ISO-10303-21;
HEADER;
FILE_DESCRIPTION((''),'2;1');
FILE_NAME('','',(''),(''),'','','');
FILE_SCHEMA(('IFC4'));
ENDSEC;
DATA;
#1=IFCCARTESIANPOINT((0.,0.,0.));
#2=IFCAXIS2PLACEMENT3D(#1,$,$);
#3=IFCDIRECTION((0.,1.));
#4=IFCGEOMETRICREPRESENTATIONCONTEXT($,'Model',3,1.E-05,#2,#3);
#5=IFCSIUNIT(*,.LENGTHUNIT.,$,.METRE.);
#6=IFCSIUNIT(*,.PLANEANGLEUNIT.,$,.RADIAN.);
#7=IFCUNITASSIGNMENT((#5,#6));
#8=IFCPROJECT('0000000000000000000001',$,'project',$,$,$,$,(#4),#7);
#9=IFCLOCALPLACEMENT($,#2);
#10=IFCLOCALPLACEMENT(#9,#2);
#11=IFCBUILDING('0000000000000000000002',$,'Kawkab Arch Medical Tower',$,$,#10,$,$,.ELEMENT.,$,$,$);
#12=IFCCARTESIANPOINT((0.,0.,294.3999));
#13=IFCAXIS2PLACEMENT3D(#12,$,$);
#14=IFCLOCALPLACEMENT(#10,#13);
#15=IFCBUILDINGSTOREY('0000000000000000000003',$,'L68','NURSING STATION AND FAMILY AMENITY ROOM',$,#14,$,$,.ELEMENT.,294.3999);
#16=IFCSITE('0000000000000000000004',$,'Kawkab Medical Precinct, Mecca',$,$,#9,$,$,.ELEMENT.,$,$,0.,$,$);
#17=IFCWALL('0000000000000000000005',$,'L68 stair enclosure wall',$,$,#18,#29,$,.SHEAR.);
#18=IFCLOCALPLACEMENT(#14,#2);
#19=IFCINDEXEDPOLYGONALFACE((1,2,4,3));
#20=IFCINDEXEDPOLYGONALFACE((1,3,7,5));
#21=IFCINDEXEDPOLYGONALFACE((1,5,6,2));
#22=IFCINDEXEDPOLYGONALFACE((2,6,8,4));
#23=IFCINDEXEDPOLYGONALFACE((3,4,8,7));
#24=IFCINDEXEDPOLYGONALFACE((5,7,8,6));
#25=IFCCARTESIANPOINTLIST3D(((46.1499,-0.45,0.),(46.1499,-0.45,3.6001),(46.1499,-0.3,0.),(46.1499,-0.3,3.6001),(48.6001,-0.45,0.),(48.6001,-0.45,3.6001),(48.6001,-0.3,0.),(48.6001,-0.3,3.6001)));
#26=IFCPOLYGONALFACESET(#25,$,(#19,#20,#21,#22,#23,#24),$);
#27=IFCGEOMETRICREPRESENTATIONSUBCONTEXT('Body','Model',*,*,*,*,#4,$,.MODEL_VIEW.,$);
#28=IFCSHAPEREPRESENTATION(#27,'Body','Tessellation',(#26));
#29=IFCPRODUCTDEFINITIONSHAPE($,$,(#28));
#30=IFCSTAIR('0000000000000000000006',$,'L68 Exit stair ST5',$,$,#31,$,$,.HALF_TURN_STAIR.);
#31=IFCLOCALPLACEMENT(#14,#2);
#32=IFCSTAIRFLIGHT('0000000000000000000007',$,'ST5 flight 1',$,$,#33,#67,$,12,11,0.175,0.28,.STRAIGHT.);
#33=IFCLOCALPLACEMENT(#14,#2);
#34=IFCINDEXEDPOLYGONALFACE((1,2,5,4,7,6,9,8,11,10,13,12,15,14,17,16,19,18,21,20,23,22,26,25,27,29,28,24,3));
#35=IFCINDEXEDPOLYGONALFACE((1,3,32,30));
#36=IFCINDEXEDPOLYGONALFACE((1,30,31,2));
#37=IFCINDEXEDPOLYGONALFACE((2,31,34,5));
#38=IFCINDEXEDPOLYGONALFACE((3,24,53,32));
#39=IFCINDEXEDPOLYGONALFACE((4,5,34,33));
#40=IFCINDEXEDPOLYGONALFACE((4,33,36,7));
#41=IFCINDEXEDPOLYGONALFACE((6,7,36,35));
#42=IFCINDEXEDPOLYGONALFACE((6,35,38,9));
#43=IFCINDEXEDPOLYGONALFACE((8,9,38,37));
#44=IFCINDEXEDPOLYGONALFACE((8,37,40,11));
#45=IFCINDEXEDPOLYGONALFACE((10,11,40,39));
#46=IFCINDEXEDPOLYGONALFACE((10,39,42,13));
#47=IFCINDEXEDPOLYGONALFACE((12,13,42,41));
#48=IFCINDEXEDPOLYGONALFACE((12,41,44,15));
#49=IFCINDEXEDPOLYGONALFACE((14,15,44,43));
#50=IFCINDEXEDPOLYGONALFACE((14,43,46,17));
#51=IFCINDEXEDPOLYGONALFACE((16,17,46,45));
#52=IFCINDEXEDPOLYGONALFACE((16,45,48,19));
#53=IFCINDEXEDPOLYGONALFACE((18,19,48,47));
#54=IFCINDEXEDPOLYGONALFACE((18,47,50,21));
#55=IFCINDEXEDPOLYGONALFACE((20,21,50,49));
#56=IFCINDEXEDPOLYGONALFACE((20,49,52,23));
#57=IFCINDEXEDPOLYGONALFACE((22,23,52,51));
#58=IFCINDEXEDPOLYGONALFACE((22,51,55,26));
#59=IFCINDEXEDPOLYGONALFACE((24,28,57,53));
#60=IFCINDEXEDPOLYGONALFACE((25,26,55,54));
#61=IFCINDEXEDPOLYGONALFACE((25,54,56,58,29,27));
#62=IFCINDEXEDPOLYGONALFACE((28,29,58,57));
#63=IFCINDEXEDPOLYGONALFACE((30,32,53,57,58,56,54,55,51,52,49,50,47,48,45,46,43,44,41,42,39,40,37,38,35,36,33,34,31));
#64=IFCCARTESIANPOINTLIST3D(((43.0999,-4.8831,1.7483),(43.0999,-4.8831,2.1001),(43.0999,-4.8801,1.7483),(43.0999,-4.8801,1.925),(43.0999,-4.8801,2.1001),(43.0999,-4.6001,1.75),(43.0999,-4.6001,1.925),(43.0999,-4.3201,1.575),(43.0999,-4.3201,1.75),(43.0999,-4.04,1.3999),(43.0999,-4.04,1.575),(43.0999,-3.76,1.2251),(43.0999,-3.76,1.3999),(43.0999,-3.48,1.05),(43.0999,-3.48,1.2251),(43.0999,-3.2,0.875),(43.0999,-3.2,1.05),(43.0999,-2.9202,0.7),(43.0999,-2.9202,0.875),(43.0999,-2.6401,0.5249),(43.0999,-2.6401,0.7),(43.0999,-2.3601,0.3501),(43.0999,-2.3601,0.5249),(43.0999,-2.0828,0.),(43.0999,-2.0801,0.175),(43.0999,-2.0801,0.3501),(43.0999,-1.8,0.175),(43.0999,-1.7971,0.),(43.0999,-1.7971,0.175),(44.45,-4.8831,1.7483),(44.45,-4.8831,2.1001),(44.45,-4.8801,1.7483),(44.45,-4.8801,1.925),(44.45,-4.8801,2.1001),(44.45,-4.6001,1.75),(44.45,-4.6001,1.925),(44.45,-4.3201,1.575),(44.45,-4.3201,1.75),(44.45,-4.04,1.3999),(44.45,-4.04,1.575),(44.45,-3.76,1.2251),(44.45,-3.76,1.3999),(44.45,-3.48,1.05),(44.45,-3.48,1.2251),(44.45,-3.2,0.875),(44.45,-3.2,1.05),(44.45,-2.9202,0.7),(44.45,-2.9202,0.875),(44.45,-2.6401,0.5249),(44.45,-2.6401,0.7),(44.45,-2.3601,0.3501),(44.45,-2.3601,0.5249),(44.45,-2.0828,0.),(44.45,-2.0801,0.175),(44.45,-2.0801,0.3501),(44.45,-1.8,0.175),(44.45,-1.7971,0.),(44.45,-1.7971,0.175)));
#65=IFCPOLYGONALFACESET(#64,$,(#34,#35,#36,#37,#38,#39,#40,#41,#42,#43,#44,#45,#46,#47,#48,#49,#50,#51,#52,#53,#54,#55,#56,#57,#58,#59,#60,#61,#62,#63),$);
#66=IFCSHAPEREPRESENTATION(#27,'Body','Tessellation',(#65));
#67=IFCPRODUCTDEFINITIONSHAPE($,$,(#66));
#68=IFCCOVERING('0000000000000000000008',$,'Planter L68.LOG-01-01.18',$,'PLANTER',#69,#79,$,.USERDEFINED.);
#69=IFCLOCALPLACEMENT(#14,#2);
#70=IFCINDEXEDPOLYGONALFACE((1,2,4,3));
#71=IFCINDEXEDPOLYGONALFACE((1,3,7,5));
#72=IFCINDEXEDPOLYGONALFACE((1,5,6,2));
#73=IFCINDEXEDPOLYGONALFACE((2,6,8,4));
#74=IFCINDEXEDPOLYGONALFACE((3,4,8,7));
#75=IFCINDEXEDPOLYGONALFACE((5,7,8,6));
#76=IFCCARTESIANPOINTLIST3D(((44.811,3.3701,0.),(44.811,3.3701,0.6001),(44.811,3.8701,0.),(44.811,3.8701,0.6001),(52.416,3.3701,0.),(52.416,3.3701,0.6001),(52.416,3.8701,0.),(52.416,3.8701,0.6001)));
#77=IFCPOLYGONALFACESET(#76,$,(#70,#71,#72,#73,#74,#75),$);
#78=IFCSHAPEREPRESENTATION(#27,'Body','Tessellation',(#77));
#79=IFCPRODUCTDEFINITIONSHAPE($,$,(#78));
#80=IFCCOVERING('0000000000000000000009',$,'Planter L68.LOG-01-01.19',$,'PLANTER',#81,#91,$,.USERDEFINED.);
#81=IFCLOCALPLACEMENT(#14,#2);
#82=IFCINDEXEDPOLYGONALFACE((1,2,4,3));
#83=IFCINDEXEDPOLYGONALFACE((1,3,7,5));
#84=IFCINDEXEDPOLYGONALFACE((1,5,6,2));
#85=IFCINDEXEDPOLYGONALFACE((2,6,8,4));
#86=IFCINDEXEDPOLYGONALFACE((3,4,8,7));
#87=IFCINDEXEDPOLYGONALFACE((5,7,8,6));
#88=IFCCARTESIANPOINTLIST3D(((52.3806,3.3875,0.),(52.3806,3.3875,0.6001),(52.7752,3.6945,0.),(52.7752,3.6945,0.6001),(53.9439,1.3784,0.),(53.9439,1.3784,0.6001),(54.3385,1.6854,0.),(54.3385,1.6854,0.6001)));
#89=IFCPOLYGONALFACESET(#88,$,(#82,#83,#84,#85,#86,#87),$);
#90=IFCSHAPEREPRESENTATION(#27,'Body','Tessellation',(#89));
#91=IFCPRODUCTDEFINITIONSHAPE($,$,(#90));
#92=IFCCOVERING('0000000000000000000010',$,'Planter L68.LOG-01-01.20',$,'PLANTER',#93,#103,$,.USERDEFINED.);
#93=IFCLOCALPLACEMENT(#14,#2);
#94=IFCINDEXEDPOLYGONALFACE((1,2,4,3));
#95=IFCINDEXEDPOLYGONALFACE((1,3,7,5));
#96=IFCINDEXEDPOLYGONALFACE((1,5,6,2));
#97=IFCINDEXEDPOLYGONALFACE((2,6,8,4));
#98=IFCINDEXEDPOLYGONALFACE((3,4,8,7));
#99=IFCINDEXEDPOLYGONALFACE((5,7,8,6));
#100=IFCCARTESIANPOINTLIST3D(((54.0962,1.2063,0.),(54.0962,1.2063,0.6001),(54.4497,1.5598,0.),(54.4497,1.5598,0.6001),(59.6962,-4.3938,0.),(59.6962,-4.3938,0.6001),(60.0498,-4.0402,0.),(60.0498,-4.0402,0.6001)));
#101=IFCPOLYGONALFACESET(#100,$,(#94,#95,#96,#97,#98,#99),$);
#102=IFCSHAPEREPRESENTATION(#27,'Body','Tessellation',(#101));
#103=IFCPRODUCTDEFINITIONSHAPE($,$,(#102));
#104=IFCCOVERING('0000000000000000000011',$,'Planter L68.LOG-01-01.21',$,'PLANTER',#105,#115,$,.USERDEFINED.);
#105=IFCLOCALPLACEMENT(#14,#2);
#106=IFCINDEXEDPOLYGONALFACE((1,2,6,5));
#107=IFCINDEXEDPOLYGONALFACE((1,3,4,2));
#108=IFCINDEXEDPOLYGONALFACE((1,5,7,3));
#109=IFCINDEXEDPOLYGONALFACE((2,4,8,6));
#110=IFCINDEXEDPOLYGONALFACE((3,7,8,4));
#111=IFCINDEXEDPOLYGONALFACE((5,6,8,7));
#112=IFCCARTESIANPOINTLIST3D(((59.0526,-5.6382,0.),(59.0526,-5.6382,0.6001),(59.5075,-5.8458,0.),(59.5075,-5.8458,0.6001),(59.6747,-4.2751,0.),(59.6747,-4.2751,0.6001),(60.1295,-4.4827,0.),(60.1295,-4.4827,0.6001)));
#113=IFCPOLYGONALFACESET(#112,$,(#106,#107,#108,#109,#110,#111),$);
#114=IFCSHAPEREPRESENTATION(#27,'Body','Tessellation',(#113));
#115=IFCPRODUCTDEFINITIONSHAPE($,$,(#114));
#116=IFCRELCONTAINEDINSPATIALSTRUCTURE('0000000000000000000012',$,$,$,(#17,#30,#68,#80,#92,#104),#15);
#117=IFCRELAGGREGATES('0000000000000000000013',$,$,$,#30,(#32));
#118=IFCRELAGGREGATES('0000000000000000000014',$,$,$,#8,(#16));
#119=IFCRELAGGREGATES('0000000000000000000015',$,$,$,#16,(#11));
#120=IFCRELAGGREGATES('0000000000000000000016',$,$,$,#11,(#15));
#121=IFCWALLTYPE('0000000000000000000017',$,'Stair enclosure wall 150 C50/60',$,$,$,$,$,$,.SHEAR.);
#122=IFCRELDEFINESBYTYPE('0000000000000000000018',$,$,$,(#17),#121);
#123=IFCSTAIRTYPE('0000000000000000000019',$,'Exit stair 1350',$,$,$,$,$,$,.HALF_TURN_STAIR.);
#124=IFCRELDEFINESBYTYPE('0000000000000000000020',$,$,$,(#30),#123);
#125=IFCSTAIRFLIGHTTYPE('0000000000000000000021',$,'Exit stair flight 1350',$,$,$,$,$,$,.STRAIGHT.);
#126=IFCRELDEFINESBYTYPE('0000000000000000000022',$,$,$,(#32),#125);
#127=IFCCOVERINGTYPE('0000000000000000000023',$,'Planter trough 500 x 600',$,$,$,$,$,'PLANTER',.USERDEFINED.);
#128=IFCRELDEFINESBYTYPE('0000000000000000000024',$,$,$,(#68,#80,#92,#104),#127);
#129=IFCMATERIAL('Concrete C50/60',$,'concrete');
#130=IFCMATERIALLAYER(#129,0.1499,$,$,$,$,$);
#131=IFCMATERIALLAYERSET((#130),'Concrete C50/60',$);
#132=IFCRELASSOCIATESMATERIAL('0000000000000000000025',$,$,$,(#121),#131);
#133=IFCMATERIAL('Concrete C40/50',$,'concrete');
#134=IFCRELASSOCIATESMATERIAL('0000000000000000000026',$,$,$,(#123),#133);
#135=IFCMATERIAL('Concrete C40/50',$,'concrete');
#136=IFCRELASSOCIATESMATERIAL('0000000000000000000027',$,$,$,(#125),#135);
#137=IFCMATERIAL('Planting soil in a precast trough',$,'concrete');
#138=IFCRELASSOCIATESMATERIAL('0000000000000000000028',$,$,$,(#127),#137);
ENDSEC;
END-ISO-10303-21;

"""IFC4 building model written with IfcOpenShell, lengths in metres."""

from ifc_helpers import new_model, si_unit, direction, frame, frame_2d, origin, origin_2d, place, context, subcontext, project, spatial, polyline, rectangle, outline, extrude, material, layer, layer_set, material_profile, profile_set, type_object, element, aggregate, save


model = new_model("IFC4")

# Units and contexts
model_context = context("Model", 3, precision=1e-05, world=origin(), true_north=direction((0.0, 1.0)))
body_context = subcontext(model_context, "Body", "Model", "MODEL_VIEW")
ifc_project = project(units=[si_unit("LENGTHUNIT", "METRE"), si_unit("PLANEANGLEUNIT", "RADIAN")], contexts=[model_context])

# Site, building, storey
site_placement = place(None, origin())
site = spatial("IfcSite", under=ifc_project, at=site_placement, Name="Kawkab Medical Precinct, Mecca", CompositionType="ELEMENT", RefElevation=0.0)
building_placement = place(site_placement, origin())
building = spatial("IfcBuilding", under=site, at=building_placement, Name="Kawkab Arch Medical Tower", CompositionType="ELEMENT")
storey_placement = place(building_placement, frame((0.0, 0.0, 294.3999)))
storey = spatial("IfcBuildingStorey", under=building, at=storey_placement, Name="L68", Description="NURSING STATION AND FAMILY AMENITY ROOM", CompositionType="ELEMENT", Elevation=294.3999)

# Shared definitions
placement = place(storey_placement, origin())

# Wall
ifc_material_1 = material(Name="Concrete C50/60", Category="concrete")
ifc_layer_1 = layer(ifc_material_1, 0.1499)
ifc_layer_set_1 = layer_set([ifc_layer_1], Name="Concrete C50/60")
wall_type_1 = type_object("IfcWallType", Name="Stair enclosure wall 150 C50/60", PredefinedType="SHEAR", material=ifc_layer_set_1)
wall_1_placement = place(storey_placement, frame((46.1499, -0.375, 0.0), z_axis=(0.0, 0.0, 1.0), x_axis=(1.0, 0.0, 0.0)))
element("IfcWall", 1, at=wall_1_placement, inside=storey, type_object=wall_type_1, Name="L68 stair enclosure wall", PredefinedType="SHEAR", context=body_context, shape_type="SweptSolid", body=[
    extrude(rectangle(XDim=2.4502, YDim=0.1499, at=frame_2d((1.2251, 0.0))), origin(), (0.0, 0.0, 1.0), 3.6001),
])

# Stair, stair flight
ifc_material_2 = material(Name="Concrete C40/50", Category="concrete")
stair_type = type_object("IfcStairType", Name="Exit stair 1350", PredefinedType="HALF_TURN_STAIR", material=ifc_material_2)
stair = element("IfcStair", 2, at=placement, inside=storey, type_object=stair_type, Name="L68 Exit stair ST5", PredefinedType="HALF_TURN_STAIR")
ifc_material_3 = material(Name="Concrete C40/50", Category="concrete")
stair_flight_type = type_object("IfcStairFlightType", Name="Exit stair flight 1350", PredefinedType="STRAIGHT", material=ifc_material_3)
stair_flight_placement = place(storey_placement, frame((43.7749, -1.8, 0.0), z_axis=(0.0, 0.0, 1.0), x_axis=(0.0, -1.0, 0.0)))
stair_flight = element("IfcStairFlight", 3, at=stair_flight_placement, type_object=stair_flight_type, Name="ST5 flight 1", NumberOfRisers=12, NumberOfTreads=11, PredefinedType="STRAIGHT", RiserHeight=0.175, TreadLength=0.28, context=body_context, shape_type="SweptSolid", body=[
    extrude(outline(polyline([(-0.0029, 0.0), (-0.0029, 0.175), (0.0, 0.175), (0.28, 0.175), (0.28, 0.3501), (0.5601, 0.3501), (0.5601, 0.5249), (0.8401, 0.5249), (0.8401, 0.7), (1.1201, 0.7), (1.1201, 0.875), (1.3999, 0.875), (1.3999, 1.05), (1.6799, 1.05), (1.6799, 1.2251), (1.96, 1.2251), (1.96, 1.3999), (2.24, 1.3999), (2.24, 1.575), (2.52, 1.575), (2.52, 1.75), (2.8, 1.75), (2.8, 1.925), (3.0801, 1.925), (3.0801, 2.1001), (3.083, 2.1001), (3.083, 1.7483), (3.0801, 1.7483), (0.2827, 0.0), (-0.0029, 0.0)])), frame((0.0, 0.675, 0.0), z_axis=(0.0, -1.0, 0.0), x_axis=(1.0, 0.0, 0.0)), (0.0, 0.0, 1.0), 1.3501),
])
aggregate(stair, [stair_flight])

# Coverings
ifc_material_4 = material(Name="Planting soil in a precast trough", Category="concrete")
ifc_material_profile_1 = material_profile(ifc_material_4, rectangle(XDim=0.5, YDim=0.6001, at=origin_2d()), Name="Trough 500x600")
ifc_profile_set_1 = profile_set([ifc_material_profile_1], Name="Planting soil in a precast trough")
covering_type = type_object("IfcCoveringType", Name="Planter trough 500 x 600", ElementType="PLANTER", PredefinedType="USERDEFINED", material=ifc_profile_set_1)
covering_1_placement = place(storey_placement, frame((44.811, 3.6201, 0.3), z_axis=(1.0, 0.0, 0.0), x_axis=(0.0, 1.0, 0.0)))
element("IfcCovering", 4, at=covering_1_placement, inside=storey, type_object=covering_type, Name="Planter L68.LOG-01-01.18", ObjectType="PLANTER", PredefinedType="USERDEFINED", context=body_context, shape_type="SweptSolid", body=[
    extrude(rectangle(XDim=0.5, YDim=0.6001, at=origin_2d()), origin(), (0.0, 0.0, 1.0), 7.605),
])
covering_2_placement = place(storey_placement, frame((52.5779, 3.541, 0.3), z_axis=(0.6141, -0.789228, 0.0), x_axis=(0.789228, 0.6141, 0.0)))
element("IfcCovering", 5, at=covering_2_placement, inside=storey, type_object=covering_type, Name="Planter L68.LOG-01-01.19", ObjectType="PLANTER", PredefinedType="USERDEFINED", context=body_context, shape_type="SweptSolid", body=[
    extrude(rectangle(XDim=0.5, YDim=0.6001, at=origin_2d()), origin(), (0.0, 0.0, 1.0), 2.5457),
])
covering_3_placement = place(storey_placement, frame((54.2729, 1.3831, 0.3), z_axis=(0.707107, -0.707107, 0.0), x_axis=(0.707107, 0.707107, 0.0)))
element("IfcCovering", 6, at=covering_3_placement, inside=storey, type_object=covering_type, Name="Planter L68.LOG-01-01.20", ObjectType="PLANTER", PredefinedType="USERDEFINED", context=body_context, shape_type="SweptSolid", body=[
    extrude(rectangle(XDim=0.5, YDim=0.6001, at=origin_2d()), origin(), (0.0, 0.0, 1.0), 7.9197),
])
covering_4_placement = place(storey_placement, frame((59.9021, -4.3789, 0.3), z_axis=(-0.41519, -0.909735, 0.0), x_axis=(0.909735, -0.41519, 0.0)))
element("IfcCovering", 7, at=covering_4_placement, inside=storey, type_object=covering_type, Name="Planter L68.LOG-01-01.21", ObjectType="PLANTER", PredefinedType="USERDEFINED", context=body_context, shape_type="SweptSolid", body=[
    extrude(rectangle(XDim=0.5, YDim=0.6001, at=origin_2d()), origin(), (0.0, 0.0, 1.0), 1.4983),
])

save(model, "model.ifc")
